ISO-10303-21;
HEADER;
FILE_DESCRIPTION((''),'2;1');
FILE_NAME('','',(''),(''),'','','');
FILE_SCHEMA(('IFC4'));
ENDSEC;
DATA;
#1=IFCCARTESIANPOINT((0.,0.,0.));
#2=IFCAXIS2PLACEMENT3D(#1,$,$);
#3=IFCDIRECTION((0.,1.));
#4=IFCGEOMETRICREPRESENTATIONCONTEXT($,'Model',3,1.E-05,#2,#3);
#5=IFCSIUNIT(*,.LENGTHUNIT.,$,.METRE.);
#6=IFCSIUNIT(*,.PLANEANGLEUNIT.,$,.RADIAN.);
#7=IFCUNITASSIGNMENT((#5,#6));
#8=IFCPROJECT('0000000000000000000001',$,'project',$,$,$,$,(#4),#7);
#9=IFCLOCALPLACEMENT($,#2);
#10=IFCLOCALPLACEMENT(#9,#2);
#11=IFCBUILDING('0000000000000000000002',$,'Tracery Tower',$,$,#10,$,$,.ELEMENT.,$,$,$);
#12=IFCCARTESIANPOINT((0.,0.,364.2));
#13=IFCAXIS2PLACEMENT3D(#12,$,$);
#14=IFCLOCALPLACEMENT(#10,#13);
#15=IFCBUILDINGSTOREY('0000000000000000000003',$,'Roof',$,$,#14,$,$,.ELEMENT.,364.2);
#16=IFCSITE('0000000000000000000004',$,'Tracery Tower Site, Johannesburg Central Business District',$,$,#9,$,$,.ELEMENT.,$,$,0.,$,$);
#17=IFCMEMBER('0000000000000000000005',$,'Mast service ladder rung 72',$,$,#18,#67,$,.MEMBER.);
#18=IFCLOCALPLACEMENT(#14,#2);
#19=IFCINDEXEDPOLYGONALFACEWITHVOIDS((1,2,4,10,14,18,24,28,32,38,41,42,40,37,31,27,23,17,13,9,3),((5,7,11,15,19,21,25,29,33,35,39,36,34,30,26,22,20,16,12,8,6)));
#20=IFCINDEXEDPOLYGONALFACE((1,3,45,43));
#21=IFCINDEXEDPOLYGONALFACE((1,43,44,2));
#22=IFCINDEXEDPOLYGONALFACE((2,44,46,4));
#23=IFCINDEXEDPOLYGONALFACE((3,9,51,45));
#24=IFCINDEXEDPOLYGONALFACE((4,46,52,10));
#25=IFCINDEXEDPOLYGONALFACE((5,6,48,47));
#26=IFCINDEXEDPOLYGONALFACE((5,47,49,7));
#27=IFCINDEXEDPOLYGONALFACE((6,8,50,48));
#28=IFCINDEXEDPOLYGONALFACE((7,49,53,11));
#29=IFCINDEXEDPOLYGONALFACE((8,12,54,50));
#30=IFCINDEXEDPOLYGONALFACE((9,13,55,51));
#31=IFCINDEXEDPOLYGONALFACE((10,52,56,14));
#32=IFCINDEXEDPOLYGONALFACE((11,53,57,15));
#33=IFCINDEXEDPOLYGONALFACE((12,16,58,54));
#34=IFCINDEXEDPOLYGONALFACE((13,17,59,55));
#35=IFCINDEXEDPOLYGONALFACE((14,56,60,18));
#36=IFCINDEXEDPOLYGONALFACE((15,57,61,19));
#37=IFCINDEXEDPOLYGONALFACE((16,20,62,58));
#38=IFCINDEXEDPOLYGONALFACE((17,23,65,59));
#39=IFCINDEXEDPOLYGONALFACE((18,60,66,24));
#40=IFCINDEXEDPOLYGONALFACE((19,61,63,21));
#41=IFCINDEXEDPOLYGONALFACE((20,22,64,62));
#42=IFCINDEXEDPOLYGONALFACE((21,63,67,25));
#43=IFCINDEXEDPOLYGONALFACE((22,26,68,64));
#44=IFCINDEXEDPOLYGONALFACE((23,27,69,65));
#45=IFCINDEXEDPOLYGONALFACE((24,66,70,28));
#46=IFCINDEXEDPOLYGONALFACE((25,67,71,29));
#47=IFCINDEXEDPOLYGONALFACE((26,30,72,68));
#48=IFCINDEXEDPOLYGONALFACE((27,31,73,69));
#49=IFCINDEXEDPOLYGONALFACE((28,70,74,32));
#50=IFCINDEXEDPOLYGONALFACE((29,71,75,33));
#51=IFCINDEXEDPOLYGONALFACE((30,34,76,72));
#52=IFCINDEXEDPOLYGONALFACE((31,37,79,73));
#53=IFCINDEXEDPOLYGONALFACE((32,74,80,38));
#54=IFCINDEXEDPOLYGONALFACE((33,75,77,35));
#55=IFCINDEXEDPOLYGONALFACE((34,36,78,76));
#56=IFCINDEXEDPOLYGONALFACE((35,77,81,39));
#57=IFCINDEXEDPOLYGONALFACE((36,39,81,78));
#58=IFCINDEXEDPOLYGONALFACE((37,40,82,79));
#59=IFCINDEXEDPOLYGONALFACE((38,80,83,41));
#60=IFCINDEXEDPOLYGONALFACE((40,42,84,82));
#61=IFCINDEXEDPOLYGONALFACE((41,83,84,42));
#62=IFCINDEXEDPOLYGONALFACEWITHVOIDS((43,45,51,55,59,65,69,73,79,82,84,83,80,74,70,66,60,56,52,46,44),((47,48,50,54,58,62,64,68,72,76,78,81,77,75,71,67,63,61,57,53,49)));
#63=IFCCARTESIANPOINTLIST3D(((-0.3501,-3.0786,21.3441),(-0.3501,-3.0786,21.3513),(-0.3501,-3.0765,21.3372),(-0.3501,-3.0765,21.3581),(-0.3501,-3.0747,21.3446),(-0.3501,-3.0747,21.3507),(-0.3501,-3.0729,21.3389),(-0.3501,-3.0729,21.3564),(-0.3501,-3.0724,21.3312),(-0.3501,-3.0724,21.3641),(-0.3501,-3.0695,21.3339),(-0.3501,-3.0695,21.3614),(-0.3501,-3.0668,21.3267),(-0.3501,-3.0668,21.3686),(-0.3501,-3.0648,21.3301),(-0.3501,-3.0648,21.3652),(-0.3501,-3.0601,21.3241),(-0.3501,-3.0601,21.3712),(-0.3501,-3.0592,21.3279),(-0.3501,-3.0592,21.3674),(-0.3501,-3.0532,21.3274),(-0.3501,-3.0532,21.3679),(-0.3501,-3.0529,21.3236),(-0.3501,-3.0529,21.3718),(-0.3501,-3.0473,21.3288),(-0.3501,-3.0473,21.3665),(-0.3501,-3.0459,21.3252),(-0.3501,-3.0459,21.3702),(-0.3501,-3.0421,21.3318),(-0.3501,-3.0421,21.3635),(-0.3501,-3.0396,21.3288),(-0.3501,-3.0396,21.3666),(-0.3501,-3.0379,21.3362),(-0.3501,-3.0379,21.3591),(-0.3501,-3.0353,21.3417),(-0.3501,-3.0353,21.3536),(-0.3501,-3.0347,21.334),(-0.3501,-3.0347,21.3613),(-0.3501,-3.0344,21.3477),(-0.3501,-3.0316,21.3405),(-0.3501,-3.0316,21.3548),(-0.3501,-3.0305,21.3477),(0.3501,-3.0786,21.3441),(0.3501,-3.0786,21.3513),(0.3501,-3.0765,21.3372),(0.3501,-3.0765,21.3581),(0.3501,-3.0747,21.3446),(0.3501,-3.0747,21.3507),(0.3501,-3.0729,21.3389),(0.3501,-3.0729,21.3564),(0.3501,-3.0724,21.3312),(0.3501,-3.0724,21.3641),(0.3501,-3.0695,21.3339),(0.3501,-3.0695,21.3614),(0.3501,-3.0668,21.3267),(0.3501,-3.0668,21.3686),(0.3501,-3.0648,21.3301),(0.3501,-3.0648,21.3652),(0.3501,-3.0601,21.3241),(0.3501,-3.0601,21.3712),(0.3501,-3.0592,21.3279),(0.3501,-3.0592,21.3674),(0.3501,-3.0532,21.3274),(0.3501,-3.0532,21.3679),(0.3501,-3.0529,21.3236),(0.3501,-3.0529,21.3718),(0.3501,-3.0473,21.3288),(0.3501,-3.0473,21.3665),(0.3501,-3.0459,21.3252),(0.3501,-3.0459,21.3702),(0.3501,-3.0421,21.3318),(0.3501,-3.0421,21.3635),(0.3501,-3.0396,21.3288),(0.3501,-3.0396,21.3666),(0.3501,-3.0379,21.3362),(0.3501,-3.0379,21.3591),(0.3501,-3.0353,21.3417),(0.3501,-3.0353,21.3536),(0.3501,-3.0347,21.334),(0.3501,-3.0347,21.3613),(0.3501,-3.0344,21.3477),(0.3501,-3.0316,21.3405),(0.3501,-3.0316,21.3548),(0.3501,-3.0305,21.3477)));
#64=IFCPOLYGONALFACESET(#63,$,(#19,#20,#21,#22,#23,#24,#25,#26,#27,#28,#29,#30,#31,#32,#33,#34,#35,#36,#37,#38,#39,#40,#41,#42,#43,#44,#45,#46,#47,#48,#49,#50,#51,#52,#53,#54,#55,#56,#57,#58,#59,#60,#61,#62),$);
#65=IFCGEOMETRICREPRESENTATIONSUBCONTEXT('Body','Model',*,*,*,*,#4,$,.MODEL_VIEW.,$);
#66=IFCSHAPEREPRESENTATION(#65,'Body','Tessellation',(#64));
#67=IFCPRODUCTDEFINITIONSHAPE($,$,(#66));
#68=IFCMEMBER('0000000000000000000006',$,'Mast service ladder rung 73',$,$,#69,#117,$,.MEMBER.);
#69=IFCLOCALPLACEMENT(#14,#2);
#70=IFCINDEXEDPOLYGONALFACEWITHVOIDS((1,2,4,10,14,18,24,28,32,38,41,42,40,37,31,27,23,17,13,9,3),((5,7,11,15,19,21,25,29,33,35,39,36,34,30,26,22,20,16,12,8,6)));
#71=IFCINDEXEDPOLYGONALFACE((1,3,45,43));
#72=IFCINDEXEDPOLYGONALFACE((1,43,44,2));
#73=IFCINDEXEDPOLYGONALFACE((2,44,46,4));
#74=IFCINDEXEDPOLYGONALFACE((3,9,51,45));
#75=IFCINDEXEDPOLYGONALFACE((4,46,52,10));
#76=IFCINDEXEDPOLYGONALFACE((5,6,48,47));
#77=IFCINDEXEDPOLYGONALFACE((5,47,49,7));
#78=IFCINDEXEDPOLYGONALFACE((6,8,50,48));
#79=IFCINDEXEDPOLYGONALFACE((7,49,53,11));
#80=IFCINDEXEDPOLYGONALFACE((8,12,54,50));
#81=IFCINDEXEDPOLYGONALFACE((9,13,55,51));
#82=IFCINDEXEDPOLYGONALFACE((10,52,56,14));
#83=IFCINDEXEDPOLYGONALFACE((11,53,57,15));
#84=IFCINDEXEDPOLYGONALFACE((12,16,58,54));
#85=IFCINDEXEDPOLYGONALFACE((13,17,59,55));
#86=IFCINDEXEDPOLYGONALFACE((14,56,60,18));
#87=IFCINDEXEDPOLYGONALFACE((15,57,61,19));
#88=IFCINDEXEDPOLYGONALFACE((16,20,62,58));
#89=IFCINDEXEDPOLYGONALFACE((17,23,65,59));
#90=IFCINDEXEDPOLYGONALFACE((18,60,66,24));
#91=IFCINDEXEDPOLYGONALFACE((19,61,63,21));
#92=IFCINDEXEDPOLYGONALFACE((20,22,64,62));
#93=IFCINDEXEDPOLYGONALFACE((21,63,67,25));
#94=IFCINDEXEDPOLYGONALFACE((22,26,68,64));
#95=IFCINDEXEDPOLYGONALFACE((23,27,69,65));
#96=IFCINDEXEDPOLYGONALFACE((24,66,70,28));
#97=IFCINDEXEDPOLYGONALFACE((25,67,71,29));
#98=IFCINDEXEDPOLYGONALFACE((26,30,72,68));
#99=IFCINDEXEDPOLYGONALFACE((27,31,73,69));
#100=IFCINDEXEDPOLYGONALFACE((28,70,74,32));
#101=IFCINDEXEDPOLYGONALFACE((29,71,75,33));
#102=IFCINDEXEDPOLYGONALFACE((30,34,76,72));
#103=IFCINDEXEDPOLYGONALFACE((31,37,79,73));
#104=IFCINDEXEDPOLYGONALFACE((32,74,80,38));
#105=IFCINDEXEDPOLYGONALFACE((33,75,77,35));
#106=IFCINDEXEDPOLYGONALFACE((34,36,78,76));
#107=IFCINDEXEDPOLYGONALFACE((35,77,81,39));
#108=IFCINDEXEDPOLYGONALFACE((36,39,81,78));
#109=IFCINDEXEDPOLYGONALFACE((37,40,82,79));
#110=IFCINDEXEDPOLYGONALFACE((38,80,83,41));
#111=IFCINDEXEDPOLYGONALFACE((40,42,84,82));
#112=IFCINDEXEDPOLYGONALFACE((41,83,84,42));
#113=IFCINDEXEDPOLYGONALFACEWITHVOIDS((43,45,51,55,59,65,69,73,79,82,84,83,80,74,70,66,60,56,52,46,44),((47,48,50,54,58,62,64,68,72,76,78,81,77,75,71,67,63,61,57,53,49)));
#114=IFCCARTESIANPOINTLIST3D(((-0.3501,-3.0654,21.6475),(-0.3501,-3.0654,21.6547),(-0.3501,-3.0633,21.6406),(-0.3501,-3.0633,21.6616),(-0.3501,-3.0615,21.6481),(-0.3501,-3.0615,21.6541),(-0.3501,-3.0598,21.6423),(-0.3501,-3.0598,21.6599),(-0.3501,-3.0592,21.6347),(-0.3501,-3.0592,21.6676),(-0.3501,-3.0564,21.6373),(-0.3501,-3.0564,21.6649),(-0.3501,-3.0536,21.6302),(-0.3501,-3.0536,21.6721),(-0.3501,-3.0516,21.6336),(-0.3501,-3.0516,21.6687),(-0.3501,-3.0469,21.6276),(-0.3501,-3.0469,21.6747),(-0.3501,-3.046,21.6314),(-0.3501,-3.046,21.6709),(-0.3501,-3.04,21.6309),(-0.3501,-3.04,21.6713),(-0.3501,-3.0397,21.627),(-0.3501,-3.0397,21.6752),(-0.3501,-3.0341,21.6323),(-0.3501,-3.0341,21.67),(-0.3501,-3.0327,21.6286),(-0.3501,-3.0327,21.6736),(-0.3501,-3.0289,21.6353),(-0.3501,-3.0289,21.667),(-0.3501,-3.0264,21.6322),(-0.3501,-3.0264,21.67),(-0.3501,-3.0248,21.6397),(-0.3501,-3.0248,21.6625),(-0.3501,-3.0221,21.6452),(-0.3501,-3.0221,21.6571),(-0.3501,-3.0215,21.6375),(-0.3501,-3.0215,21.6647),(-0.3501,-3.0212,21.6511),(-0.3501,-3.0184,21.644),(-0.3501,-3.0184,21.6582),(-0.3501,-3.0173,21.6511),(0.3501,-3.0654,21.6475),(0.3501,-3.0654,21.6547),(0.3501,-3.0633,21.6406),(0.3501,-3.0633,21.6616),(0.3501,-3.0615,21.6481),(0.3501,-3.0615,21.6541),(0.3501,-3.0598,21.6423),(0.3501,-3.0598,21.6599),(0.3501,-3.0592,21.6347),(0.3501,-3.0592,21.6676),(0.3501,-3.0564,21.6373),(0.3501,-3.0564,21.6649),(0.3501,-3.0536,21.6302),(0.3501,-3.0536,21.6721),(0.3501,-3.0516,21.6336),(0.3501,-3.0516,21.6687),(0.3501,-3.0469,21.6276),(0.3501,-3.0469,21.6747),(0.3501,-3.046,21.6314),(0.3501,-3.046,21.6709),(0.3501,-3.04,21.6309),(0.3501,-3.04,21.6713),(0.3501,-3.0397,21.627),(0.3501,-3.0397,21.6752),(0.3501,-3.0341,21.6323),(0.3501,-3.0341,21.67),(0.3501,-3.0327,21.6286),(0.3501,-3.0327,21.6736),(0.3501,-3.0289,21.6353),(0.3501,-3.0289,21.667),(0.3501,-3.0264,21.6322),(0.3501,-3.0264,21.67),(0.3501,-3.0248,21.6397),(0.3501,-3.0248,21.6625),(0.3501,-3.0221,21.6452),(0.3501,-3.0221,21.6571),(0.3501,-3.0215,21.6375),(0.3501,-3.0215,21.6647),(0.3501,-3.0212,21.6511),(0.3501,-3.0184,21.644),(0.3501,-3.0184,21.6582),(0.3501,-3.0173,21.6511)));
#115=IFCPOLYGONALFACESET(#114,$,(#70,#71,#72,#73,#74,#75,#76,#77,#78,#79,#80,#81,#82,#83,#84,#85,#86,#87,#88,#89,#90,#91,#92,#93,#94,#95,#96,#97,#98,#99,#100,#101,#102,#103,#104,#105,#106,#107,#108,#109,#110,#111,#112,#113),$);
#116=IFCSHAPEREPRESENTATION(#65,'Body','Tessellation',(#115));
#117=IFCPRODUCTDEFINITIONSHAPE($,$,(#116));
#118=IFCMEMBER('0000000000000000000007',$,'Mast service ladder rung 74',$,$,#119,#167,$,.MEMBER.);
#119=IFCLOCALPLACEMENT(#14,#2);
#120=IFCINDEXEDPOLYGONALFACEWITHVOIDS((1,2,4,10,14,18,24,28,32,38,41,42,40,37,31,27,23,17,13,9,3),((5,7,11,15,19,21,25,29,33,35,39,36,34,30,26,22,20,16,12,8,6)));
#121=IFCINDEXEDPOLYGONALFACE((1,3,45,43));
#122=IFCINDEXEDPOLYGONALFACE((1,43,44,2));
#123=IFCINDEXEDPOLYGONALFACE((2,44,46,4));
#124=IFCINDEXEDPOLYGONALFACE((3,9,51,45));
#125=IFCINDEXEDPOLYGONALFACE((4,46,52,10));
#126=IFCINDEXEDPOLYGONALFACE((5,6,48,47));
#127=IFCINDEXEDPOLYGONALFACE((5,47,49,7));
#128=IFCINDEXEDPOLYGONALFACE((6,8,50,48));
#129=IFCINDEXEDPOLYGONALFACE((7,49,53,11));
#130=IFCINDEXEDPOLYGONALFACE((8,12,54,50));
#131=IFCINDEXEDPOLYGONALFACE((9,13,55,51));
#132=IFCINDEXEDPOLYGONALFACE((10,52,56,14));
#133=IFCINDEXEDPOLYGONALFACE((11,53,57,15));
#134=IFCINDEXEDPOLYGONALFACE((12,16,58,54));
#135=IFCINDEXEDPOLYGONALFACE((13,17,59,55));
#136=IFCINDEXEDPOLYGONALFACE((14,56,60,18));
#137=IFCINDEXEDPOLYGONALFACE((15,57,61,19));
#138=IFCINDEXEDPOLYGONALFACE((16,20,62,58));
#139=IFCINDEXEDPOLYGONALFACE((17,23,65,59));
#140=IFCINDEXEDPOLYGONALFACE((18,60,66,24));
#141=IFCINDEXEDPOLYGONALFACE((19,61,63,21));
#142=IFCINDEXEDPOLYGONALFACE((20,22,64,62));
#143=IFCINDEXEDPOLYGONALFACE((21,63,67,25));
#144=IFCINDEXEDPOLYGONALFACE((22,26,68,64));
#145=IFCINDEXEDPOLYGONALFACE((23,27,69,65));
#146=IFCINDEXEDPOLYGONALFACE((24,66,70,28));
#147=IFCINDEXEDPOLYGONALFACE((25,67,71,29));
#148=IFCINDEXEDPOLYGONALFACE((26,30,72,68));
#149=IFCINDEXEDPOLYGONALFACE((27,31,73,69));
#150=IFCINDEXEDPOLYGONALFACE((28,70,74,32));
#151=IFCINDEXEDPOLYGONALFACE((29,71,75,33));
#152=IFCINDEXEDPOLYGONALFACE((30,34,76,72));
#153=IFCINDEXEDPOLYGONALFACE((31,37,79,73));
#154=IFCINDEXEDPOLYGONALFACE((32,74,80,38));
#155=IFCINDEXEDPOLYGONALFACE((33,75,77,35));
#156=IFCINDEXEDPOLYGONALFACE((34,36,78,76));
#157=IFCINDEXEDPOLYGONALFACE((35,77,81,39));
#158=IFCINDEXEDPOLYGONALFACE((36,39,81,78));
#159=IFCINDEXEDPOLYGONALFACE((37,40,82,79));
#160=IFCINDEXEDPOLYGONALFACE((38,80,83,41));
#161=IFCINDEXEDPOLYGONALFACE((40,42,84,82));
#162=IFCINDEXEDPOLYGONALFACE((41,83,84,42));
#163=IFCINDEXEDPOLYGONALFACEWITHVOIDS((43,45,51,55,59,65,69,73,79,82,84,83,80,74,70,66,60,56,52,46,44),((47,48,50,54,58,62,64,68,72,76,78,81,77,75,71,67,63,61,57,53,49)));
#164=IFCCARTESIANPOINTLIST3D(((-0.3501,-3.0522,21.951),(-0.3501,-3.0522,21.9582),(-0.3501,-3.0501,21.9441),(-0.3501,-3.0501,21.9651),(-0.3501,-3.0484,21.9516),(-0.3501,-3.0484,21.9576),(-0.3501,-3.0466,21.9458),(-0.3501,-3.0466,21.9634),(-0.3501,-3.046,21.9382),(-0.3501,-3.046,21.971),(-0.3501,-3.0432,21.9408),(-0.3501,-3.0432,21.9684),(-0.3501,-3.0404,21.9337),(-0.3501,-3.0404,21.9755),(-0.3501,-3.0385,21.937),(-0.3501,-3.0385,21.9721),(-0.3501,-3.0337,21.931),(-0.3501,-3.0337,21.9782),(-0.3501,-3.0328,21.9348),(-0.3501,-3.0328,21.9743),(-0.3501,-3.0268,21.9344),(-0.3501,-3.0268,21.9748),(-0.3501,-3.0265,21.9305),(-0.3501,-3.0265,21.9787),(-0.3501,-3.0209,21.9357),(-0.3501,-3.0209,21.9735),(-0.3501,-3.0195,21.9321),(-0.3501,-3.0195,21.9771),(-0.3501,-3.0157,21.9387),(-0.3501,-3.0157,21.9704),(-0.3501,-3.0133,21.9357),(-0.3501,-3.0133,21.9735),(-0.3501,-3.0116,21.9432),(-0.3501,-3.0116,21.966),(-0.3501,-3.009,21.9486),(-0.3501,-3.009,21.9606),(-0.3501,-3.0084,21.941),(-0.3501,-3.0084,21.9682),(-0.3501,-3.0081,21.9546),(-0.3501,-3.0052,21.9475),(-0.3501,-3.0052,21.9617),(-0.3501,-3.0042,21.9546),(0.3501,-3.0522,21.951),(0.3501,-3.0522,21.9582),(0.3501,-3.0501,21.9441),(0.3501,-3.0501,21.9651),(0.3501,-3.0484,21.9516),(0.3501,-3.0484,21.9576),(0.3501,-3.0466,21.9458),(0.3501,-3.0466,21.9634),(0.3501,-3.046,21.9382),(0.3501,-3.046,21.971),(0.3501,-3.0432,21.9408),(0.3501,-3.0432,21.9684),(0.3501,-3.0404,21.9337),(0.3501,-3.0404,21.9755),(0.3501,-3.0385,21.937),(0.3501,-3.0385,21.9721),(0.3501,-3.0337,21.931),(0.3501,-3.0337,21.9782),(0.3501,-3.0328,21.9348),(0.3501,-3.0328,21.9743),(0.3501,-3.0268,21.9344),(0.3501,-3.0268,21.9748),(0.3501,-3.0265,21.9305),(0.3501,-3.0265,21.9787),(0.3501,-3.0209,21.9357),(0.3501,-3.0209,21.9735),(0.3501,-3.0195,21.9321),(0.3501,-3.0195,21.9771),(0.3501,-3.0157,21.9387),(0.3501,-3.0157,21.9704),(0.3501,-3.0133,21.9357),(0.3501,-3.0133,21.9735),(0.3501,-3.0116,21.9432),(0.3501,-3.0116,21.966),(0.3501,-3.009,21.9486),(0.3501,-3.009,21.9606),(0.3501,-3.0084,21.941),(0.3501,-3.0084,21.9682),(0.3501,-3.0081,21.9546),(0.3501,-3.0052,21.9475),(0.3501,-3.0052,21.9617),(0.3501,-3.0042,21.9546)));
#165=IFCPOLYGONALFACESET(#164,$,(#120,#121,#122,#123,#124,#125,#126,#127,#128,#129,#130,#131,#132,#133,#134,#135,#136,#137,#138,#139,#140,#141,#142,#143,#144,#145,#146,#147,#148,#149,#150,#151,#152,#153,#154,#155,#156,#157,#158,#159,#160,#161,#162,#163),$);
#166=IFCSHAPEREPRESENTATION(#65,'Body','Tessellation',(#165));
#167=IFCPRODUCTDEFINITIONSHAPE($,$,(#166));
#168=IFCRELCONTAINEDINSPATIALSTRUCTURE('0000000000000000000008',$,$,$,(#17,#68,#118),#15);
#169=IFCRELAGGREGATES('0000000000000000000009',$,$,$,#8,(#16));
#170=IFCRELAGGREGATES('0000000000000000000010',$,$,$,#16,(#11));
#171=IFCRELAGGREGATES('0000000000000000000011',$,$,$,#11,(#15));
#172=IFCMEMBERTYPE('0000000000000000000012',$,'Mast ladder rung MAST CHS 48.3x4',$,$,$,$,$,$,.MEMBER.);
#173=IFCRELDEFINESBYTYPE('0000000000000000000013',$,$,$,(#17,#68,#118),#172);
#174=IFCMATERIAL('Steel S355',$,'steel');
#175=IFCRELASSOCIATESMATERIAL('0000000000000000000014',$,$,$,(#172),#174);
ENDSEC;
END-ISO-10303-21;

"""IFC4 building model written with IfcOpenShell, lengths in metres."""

from ifc_helpers import new_model, si_unit, direction, frame, origin, origin_2d, place, context, subcontext, project, spatial, hollow_circle, extrude, material, material_profile, profile_set, type_object, element, save


model = new_model("IFC4")

# Units and contexts
model_context = context("Model", 3, precision=1e-05, world=origin(), true_north=direction((0.0, 1.0)))
body_context = subcontext(model_context, "Body", "Model", "MODEL_VIEW")
ifc_project = project(units=[si_unit("LENGTHUNIT", "METRE"), si_unit("PLANEANGLEUNIT", "RADIAN")], contexts=[model_context])

# Site, building, storey
site_placement = place(None, origin())
site = spatial("IfcSite", under=ifc_project, at=site_placement, Name="Tracery Tower Site, Johannesburg Central Business District", CompositionType="ELEMENT", RefElevation=0.0)
building_placement = place(site_placement, origin())
building = spatial("IfcBuilding", under=site, at=building_placement, Name="Tracery Tower", CompositionType="ELEMENT")
storey_placement = place(building_placement, frame((0.0, 0.0, 364.2)))
storey = spatial("IfcBuildingStorey", under=building, at=storey_placement, Name="Roof", CompositionType="ELEMENT", Elevation=364.2)

# Members
ifc_material_1 = material(Name="Steel S355", Category="steel")
ifc_material_profile_1 = material_profile(ifc_material_1, hollow_circle(Radius=0.0242, WallThickness=0.0039, at=origin_2d()), Name="CHS 48.3x4")
ifc_profile_set_1 = profile_set([ifc_material_profile_1], Name="Steel S355")
member_type_1 = type_object("IfcMemberType", Name="Mast ladder rung MAST CHS 48.3x4", PredefinedType="MEMBER", material=ifc_profile_set_1)
for number, where, z_axis, x_axis, name in (
    (1, (-0.3501, -3.0547, 21.3477), (1.0, 0.0, 0.0), (0.0, 1.0, 0.0), "Mast service ladder rung 72"),
    (2, (-0.3501, -3.0415, 21.6511), (1.0, 0.0, 0.0), (0.0, 1.0, 0.0), "Mast service ladder rung 73"),
    (3, (-0.3501, -3.0283, 21.9546), (1.0, 0.0, 0.0), (0.0, 1.0, 0.0), "Mast service ladder rung 74"),
):
    element("IfcMember", number, at=place(storey_placement, frame(where, z_axis=z_axis, x_axis=x_axis)), inside=storey, type_object=member_type_1, Name=name, PredefinedType="MEMBER", context=body_context, shape_type="SweptSolid", body=[
        extrude(hollow_circle(Radius=0.0242, WallThickness=0.0039, at=origin_2d()), origin(), (0.0, 0.0, 1.0), 0.7002),
    ])

save(model, "model.ifc")
